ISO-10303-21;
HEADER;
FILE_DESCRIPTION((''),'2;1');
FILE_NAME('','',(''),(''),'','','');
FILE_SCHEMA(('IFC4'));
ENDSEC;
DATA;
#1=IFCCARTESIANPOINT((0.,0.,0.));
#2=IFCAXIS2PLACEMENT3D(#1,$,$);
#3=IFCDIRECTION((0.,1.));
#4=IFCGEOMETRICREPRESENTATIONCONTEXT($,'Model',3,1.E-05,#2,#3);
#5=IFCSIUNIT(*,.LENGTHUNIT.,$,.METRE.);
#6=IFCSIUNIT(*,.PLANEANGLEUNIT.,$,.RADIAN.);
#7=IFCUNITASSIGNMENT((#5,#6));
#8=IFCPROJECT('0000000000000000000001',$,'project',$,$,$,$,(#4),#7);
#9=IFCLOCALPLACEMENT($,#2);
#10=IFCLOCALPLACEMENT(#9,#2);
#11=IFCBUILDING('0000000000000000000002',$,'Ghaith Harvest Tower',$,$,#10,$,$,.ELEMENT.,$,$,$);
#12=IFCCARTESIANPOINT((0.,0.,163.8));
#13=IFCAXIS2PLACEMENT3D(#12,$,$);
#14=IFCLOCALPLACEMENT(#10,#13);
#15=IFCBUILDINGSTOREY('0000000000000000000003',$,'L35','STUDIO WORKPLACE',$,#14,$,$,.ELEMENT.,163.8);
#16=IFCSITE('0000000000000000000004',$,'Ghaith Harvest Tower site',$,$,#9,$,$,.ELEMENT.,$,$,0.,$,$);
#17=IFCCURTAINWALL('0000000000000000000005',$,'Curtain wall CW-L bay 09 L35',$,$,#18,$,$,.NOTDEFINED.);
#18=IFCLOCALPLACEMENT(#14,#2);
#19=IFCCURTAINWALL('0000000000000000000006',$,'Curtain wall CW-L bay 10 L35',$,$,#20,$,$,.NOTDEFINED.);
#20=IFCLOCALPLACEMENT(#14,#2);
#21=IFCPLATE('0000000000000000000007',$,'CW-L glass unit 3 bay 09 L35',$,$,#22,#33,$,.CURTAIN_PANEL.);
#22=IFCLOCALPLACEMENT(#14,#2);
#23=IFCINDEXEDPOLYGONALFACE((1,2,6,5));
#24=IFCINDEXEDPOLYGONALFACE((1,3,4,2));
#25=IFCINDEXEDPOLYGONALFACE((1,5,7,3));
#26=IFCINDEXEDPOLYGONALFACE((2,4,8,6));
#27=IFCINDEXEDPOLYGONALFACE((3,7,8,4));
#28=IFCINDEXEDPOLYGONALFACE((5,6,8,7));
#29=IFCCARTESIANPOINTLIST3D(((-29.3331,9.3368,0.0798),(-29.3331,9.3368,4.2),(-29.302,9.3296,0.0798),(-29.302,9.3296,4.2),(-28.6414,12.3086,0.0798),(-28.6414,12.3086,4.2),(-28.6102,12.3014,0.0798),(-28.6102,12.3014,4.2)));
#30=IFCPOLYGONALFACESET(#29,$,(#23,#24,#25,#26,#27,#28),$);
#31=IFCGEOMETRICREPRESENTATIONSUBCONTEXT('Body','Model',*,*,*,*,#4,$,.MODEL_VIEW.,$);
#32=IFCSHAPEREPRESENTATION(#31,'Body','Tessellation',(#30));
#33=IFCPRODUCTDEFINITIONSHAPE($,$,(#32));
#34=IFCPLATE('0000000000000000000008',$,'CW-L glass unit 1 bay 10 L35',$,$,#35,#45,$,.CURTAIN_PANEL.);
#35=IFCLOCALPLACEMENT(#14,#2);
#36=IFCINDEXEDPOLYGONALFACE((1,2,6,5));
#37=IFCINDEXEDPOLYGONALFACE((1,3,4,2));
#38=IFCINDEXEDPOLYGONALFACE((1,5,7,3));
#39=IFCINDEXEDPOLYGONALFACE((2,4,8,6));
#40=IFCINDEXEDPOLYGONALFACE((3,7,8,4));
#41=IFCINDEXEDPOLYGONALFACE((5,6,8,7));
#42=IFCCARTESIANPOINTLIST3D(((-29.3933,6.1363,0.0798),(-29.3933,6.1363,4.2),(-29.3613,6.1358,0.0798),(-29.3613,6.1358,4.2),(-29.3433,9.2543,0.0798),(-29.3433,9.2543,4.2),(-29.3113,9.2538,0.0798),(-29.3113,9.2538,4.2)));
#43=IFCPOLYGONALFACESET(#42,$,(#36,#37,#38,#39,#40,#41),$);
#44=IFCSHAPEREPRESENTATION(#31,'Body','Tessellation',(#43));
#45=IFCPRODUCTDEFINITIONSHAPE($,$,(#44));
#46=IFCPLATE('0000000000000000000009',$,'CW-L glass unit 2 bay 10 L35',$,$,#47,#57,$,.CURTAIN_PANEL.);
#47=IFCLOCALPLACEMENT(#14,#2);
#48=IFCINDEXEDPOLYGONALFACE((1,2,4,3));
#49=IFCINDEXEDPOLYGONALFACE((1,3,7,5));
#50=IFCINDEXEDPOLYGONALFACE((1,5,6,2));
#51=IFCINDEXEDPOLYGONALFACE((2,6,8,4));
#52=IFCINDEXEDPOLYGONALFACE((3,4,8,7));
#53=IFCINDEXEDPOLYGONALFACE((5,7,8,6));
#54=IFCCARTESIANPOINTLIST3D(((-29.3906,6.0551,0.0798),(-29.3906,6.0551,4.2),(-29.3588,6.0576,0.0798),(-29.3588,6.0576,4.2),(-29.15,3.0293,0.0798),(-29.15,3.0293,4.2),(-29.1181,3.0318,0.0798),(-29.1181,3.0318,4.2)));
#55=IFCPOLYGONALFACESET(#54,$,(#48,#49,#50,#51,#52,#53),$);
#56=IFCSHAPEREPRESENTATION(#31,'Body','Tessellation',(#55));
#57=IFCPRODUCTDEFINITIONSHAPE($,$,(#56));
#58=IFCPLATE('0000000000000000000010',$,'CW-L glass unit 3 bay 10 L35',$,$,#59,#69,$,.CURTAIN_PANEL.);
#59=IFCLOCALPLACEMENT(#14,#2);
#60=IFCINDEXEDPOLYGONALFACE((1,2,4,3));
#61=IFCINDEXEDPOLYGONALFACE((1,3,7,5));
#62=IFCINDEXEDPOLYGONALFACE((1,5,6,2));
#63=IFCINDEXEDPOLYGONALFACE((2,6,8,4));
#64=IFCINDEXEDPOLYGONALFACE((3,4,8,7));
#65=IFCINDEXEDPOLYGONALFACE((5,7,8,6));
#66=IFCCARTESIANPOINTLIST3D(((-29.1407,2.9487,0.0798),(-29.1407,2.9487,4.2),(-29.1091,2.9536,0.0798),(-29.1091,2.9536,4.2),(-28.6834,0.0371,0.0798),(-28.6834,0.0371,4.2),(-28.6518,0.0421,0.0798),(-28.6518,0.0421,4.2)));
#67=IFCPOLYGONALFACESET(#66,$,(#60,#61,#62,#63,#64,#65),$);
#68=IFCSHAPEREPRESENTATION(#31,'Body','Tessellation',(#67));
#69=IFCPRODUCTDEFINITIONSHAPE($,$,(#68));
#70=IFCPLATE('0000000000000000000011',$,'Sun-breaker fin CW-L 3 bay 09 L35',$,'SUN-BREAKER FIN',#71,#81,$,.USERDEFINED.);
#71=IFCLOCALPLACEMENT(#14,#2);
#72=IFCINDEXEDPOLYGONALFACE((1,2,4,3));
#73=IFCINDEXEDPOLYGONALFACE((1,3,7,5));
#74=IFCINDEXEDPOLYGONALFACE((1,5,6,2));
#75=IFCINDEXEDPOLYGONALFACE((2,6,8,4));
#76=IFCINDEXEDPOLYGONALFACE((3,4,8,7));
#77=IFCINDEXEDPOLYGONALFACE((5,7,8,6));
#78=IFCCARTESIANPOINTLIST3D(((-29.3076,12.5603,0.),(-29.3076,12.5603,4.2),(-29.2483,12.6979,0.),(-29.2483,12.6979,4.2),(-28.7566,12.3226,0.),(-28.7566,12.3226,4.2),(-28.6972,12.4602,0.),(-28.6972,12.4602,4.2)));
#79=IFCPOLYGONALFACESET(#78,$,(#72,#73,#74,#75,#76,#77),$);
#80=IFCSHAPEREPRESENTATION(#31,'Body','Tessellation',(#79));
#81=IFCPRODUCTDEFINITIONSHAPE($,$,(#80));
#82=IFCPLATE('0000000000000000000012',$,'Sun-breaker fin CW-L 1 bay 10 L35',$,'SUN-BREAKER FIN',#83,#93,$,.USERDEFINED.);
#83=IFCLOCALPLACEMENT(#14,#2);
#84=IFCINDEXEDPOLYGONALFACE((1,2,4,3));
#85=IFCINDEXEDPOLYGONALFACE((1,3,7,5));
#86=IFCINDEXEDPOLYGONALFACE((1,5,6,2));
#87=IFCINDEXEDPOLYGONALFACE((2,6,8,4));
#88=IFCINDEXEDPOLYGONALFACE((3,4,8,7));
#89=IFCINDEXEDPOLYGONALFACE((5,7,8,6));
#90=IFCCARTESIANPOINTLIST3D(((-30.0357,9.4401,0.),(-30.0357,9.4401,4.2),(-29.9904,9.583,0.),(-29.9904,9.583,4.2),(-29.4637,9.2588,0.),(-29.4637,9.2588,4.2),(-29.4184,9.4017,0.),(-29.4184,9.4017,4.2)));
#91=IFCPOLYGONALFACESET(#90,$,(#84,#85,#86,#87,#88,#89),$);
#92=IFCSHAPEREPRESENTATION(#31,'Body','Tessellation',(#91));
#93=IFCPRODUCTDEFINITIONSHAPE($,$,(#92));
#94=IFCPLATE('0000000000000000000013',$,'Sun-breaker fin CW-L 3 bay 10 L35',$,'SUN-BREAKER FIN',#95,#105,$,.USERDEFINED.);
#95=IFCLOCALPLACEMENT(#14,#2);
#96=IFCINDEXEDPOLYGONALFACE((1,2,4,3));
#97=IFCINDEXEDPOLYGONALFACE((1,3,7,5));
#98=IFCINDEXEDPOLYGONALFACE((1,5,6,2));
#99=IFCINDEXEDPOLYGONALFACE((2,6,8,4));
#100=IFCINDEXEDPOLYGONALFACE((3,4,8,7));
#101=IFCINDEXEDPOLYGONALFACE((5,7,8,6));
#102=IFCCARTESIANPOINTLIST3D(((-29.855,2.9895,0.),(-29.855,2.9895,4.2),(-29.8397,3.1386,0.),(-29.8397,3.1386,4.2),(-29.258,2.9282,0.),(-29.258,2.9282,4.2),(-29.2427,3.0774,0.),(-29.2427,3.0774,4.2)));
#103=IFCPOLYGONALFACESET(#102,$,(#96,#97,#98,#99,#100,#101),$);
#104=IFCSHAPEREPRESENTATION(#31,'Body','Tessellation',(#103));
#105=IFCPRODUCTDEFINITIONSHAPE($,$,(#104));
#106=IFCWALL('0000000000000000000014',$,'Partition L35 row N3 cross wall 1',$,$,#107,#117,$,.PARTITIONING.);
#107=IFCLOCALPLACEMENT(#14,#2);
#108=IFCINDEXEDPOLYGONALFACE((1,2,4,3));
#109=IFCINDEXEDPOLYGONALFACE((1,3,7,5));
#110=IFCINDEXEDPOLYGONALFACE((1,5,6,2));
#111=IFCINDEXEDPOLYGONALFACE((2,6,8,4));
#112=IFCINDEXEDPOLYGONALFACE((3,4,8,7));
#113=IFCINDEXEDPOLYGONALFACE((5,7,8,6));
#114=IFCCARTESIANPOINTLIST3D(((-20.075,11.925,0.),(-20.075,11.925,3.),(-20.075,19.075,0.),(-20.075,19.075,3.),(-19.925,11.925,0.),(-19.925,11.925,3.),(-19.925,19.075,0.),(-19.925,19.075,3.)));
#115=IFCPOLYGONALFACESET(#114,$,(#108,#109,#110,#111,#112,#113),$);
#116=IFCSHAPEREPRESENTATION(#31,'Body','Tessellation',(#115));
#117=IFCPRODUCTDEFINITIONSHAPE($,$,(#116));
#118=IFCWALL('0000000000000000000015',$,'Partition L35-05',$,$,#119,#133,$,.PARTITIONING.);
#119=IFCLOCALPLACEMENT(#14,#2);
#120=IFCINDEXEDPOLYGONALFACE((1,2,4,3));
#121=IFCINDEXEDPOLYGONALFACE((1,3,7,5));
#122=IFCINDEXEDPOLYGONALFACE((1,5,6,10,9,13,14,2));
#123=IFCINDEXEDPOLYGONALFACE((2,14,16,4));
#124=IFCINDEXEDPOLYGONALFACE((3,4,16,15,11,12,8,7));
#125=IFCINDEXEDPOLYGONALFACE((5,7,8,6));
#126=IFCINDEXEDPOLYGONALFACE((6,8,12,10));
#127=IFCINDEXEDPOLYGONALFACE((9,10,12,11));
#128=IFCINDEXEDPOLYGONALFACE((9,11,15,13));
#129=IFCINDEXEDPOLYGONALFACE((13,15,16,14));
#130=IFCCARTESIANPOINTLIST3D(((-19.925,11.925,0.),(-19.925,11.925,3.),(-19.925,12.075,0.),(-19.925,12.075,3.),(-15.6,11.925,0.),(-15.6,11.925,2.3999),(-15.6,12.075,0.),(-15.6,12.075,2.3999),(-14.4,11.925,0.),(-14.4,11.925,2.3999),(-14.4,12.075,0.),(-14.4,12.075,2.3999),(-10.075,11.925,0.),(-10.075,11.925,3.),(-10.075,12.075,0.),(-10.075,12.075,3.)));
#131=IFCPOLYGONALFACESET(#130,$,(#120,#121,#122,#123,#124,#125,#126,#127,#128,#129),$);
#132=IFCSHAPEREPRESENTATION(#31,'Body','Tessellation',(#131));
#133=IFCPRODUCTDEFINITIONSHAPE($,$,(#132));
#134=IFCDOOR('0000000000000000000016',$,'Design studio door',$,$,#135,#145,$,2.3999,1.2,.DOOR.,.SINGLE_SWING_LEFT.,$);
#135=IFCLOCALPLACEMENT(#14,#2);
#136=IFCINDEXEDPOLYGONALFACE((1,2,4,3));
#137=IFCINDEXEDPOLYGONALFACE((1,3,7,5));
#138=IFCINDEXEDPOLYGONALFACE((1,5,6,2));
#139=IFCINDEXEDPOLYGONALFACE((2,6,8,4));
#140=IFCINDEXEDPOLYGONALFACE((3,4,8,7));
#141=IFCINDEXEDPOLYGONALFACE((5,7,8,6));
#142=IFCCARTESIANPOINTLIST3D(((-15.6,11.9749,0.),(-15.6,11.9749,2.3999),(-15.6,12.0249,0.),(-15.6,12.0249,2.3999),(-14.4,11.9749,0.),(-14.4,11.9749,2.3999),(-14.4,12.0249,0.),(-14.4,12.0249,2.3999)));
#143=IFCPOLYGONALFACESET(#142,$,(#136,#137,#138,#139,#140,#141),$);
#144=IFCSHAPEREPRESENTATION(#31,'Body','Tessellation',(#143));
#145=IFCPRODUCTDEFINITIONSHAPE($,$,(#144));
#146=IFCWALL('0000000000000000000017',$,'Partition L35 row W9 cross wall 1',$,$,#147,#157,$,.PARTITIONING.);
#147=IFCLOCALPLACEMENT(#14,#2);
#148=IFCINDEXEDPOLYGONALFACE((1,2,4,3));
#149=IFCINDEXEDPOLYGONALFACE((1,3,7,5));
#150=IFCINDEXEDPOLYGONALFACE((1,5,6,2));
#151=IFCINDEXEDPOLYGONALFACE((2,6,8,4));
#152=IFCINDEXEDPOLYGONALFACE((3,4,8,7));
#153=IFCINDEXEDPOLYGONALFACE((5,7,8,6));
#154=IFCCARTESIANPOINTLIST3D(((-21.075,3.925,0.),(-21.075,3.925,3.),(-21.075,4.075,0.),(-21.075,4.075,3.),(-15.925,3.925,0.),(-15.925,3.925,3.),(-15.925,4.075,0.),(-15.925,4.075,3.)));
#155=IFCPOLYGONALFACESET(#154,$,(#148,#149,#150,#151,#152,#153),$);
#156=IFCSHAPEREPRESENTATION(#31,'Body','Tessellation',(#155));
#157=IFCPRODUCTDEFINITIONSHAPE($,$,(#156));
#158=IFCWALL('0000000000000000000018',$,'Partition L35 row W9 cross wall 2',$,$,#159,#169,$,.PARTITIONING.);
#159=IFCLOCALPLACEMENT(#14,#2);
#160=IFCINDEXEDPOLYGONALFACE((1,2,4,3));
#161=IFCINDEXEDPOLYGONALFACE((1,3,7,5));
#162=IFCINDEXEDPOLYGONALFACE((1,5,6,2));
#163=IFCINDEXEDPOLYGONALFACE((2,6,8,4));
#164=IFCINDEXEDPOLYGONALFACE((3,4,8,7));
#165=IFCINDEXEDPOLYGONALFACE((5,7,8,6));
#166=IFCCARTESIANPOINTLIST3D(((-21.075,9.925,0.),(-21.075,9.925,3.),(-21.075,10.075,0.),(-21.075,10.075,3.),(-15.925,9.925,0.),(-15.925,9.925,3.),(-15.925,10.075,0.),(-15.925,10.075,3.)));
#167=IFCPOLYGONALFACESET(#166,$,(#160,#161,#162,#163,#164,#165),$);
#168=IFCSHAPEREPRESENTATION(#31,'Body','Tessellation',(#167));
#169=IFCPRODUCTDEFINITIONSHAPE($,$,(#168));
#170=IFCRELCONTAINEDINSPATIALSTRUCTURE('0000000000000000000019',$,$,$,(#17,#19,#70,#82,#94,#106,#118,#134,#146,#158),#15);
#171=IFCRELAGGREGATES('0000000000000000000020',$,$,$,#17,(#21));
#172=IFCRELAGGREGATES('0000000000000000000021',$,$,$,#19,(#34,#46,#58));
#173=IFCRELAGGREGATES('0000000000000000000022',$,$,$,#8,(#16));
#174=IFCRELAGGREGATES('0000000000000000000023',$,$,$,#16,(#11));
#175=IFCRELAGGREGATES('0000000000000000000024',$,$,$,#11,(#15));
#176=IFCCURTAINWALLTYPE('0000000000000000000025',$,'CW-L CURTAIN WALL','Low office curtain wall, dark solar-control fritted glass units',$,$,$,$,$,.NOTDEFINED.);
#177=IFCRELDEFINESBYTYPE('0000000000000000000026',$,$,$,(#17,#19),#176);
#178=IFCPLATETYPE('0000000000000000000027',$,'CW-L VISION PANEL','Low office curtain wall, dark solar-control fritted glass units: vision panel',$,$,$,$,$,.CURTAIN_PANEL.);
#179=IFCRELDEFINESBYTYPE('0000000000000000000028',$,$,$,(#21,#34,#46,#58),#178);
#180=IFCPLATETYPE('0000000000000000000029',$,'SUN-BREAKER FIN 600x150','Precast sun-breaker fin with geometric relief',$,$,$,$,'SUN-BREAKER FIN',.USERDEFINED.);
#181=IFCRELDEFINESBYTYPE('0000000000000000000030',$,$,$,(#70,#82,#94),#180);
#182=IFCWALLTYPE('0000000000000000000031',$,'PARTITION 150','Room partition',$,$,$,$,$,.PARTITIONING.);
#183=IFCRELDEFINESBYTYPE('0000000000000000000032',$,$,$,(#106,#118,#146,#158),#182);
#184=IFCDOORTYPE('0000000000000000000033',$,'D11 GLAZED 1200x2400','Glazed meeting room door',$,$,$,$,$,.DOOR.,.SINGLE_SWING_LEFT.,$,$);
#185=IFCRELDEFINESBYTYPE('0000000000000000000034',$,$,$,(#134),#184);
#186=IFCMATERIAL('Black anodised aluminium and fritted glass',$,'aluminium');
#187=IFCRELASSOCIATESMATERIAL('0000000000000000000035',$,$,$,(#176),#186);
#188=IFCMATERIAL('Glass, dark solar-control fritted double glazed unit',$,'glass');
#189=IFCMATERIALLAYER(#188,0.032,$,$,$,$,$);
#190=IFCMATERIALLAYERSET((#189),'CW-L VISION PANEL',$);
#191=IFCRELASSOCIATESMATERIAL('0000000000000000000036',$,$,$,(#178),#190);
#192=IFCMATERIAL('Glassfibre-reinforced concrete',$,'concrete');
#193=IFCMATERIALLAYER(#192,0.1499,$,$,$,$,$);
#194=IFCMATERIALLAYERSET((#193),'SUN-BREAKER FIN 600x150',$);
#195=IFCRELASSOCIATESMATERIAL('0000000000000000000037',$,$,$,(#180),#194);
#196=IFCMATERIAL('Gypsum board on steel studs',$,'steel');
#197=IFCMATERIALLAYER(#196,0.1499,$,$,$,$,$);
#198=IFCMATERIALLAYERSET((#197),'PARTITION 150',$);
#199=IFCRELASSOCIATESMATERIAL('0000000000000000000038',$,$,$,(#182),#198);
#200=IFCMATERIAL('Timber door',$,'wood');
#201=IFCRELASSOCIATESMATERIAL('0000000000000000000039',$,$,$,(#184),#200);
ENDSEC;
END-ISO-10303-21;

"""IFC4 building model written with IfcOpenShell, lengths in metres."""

from ifc_helpers import new_model, si_unit, direction, frame, frame_2d, origin, origin_2d, place, context, subcontext, project, spatial, rectangle, extrude, material, layer, layer_set, type_object, element, fill, aggregate, save


model = new_model("IFC4")

# Units and contexts
model_context = context("Model", 3, precision=1e-05, world=origin(), true_north=direction((0.0, 1.0)))
body_context = subcontext(model_context, "Body", "Model", "MODEL_VIEW")
ifc_project = project(units=[si_unit("LENGTHUNIT", "METRE"), si_unit("PLANEANGLEUNIT", "RADIAN")], contexts=[model_context])

# Site, building, storey
site_placement = place(None, origin())
site = spatial("IfcSite", under=ifc_project, at=site_placement, Name="Ghaith Harvest Tower site", CompositionType="ELEMENT", RefElevation=0.0)
building_placement = place(site_placement, origin())
building = spatial("IfcBuilding", under=site, at=building_placement, Name="Ghaith Harvest Tower", CompositionType="ELEMENT")
storey_placement = place(building_placement, frame((0.0, 0.0, 163.8)))
storey = spatial("IfcBuildingStorey", under=building, at=storey_placement, Name="L35", Description="STUDIO WORKPLACE", CompositionType="ELEMENT", Elevation=163.8)

# Curtain wall
ifc_material_1 = material(Name="Black anodised aluminium and fritted glass", Category="aluminium")
curtain_wall_type = type_object("IfcCurtainWallType", Name="CW-L CURTAIN WALL", Description="Low office curtain wall, dark solar-control fritted glass units", PredefinedType="NOTDEFINED", material=ifc_material_1)
curtain_wall_1_placement = place(storey_placement, origin())
curtain_wall_1 = element("IfcCurtainWall", 1, at=curtain_wall_1_placement, inside=storey, type_object=curtain_wall_type, Name="Curtain wall CW-L bay 09 L35", PredefinedType="NOTDEFINED")

# Curtain wall
curtain_wall_2_placement = place(storey_placement, origin())
curtain_wall_2 = element("IfcCurtainWall", 2, at=curtain_wall_2_placement, inside=storey, type_object=curtain_wall_type, Name="Curtain wall CW-L bay 10 L35", PredefinedType="NOTDEFINED")

# Plates
ifc_material_2 = material(Name="Glass, dark solar-control fritted double glazed unit", Category="glass")
ifc_layer_1 = layer(ifc_material_2, 0.032)
ifc_layer_set_1 = layer_set([ifc_layer_1], Name="CW-L VISION PANEL")
plate_type_1 = type_object("IfcPlateType", Name="CW-L VISION PANEL", Description="Low office curtain wall, dark solar-control fritted glass units: vision panel", PredefinedType="CURTAIN_PANEL", material=ifc_layer_set_1)
plate_1_placement = place(storey_placement, frame((-28.9717, 10.8191, 0.0798), z_axis=(0.0, 0.0, 1.0), x_axis=(-0.226699, -0.973965, 0.0)))
plate_1 = element("IfcPlate", 3, at=plate_1_placement, type_object=plate_type_1, Name="CW-L glass unit 3 bay 09 L35", PredefinedType="CURTAIN_PANEL", context=body_context, shape_type="SweptSolid", body=[
    extrude(rectangle(XDim=3.0513, YDim=0.032, at=origin_2d()), origin(), (0.0, 0.0, 1.0), 4.1201),
])
aggregate(curtain_wall_1, [plate_1])
plate_2_placement = place(storey_placement, frame((-29.3523, 7.6951, 0.0798), z_axis=(0.0, 0.0, 1.0), x_axis=(-0.016034, -0.999871, 0.0)))
plate_2 = element("IfcPlate", 4, at=plate_2_placement, type_object=plate_type_1, Name="CW-L glass unit 1 bay 10 L35", PredefinedType="CURTAIN_PANEL", context=body_context, shape_type="SweptSolid", body=[
    extrude(rectangle(XDim=3.1184, YDim=0.032, at=origin_2d()), origin(), (0.0, 0.0, 1.0), 4.1201),
])
plate_3_placement = place(storey_placement, frame((-29.2544, 4.5435, 0.0798), z_axis=(0.0, 0.0, 1.0), x_axis=(0.079273, -0.996853, 0.0)))
plate_3 = element("IfcPlate", 5, at=plate_3_placement, type_object=plate_type_1, Name="CW-L glass unit 2 bay 10 L35", PredefinedType="CURTAIN_PANEL", context=body_context, shape_type="SweptSolid", body=[
    extrude(rectangle(XDim=3.0354, YDim=0.032, at=origin_2d()), origin(), (0.0, 0.0, 1.0), 4.1201),
])
plate_4_placement = place(storey_placement, frame((-28.8962, 1.4954, 0.0798), z_axis=(0.0, 0.0, 1.0), x_axis=(0.155172, -0.987887, 0.0)))
plate_4 = element("IfcPlate", 6, at=plate_4_placement, type_object=plate_type_1, Name="CW-L glass unit 3 bay 10 L35", PredefinedType="CURTAIN_PANEL", context=body_context, shape_type="SweptSolid", body=[
    extrude(rectangle(XDim=2.9473, YDim=0.032, at=origin_2d()), origin(), (0.0, 0.0, 1.0), 4.1201),
])
aggregate(curtain_wall_2, [plate_2, plate_3, plate_4])

# Plates
ifc_material_3 = material(Name="Glassfibre-reinforced concrete", Category="concrete")
ifc_layer_2 = layer(ifc_material_3, 0.1499)
ifc_layer_set_2 = layer_set([ifc_layer_2], Name="SUN-BREAKER FIN 600x150")
plate_type_2 = type_object("IfcPlateType", Name="SUN-BREAKER FIN 600x150", Description="Precast sun-breaker fin with geometric relief", ElementType="SUN-BREAKER FIN", PredefinedType="USERDEFINED", material=ifc_layer_set_2)
for number, where, z_axis, x_axis, name in (
    (7, (-29.0024, 12.5103, 0.0), (0.0, 0.0, 1.0), (-0.918218, 0.396075, 0.0), "Sun-breaker fin CW-L 3 bay 09 L35"),
    (8, (-29.7271, 9.4209, 0.0), (0.0, 0.0, 1.0), (-0.953273, 0.30211, 0.0), "Sun-breaker fin CW-L 1 bay 10 L35"),
    (9, (-29.5488, 3.0334, 0.0), (0.0, 0.0, 1.0), (-0.994772, 0.102123, 0.0), "Sun-breaker fin CW-L 3 bay 10 L35"),
):
    element("IfcPlate", number, at=place(storey_placement, frame(where, z_axis=z_axis, x_axis=x_axis)), inside=storey, type_object=plate_type_2, Name=name, ObjectType="SUN-BREAKER FIN", PredefinedType="USERDEFINED", context=body_context, shape_type="SweptSolid", body=[
        extrude(rectangle(XDim=0.6001, YDim=0.1499, at=origin_2d()), origin(), (0.0, 0.0, 1.0), 4.2),
    ])

# Wall
ifc_material_4 = material(Name="Gypsum board on steel studs", Category="steel")
ifc_layer_3 = layer(ifc_material_4, 0.1499)
ifc_layer_set_3 = layer_set([ifc_layer_3], Name="PARTITION 150")
wall_type = type_object("IfcWallType", Name="PARTITION 150", Description="Room partition", PredefinedType="PARTITIONING", material=ifc_layer_set_3)
wall_1_placement = place(storey_placement, frame((-20.0, 11.925, 0.0), z_axis=(0.0, 0.0, 1.0), x_axis=(0.0, 1.0, 0.0)))
element("IfcWall", 10, at=wall_1_placement, inside=storey, type_object=wall_type, Name="Partition L35 row N3 cross wall 1", PredefinedType="PARTITIONING", context=body_context, shape_type="SweptSolid", body=[
    extrude(rectangle(XDim=7.1499, YDim=0.1499, at=frame_2d((3.575, 0.0))), origin(), (0.0, 0.0, 1.0), 3.0),
])

# Wall, opening, door
wall_2_placement = place(storey_placement, frame((-19.925, 12.0, 0.0), z_axis=(0.0, 0.0, 1.0), x_axis=(1.0, 0.0, 0.0)))
wall_2 = element("IfcWall", 11, at=wall_2_placement, inside=storey, type_object=wall_type, Name="Partition L35-05", PredefinedType="PARTITIONING", context=body_context, shape_type="SweptSolid", body=[
    extrude(rectangle(XDim=9.8501, YDim=0.1499, at=frame_2d((4.925, 0.0))), origin(), (0.0, 0.0, 1.0), 3.0),
])
opening_1_placement = place(wall_2_placement, frame((4.325, 0.0, 0.0)))
opening_1 = element("IfcOpeningElement", 12, at=opening_1_placement, cuts=wall_2, PredefinedType="OPENING", context=body_context, shape_type="SweptSolid", body=[
    extrude(rectangle(XDim=1.2, YDim=2.3999, at=frame_2d((0.6001, 1.2))), frame((0.0, 0.085, 0.0), z_axis=(0.0, -1.0, 0.0), x_axis=(1.0, 0.0, 0.0)), (0.0, 0.0, 1.0), 0.1699),
])
ifc_material_5 = material(Name="Timber door", Category="wood")
door_type_1 = type_object("IfcDoorType", Name="D11 GLAZED 1200x2400", Description="Glazed meeting room door", OperationType="SINGLE_SWING_LEFT", PredefinedType="DOOR", material=ifc_material_5)
door_1_placement = place(opening_1_placement, origin())
door_1 = element("IfcDoor", 13, at=door_1_placement, inside=storey, type_object=door_type_1, Name="Design studio door", OperationType="SINGLE_SWING_LEFT", OverallHeight=2.3999, OverallWidth=1.2, PredefinedType="DOOR", context=body_context, shape_type="SweptSolid", body=[
    extrude(rectangle(XDim=1.2, YDim=2.3999, at=frame_2d((0.6001, 1.2))), frame((0.0, 0.0249, 0.0), z_axis=(0.0, -1.0, 0.0), x_axis=(1.0, 0.0, 0.0)), (0.0, 0.0, 1.0), 0.05),
])
fill(opening_1, door_1)

# Walls
for number, where, z_axis, x_axis, name in (
    (14, (-15.925, 4.0, 0.0), (0.0, 0.0, 1.0), (-1.0, 0.0, 0.0), "Partition L35 row W9 cross wall 1"),
    (15, (-15.925, 10.0, 0.0), (0.0, 0.0, 1.0), (-1.0, 0.0, 0.0), "Partition L35 row W9 cross wall 2"),
):
    element("IfcWall", number, at=place(storey_placement, frame(where, z_axis=z_axis, x_axis=x_axis)), inside=storey, type_object=wall_type, Name=name, PredefinedType="PARTITIONING", context=body_context, shape_type="SweptSolid", body=[
        extrude(rectangle(XDim=5.1499, YDim=0.1499, at=frame_2d((2.575, 0.0))), origin(), (0.0, 0.0, 1.0), 3.0),
    ])

save(model, "model.ifc")
